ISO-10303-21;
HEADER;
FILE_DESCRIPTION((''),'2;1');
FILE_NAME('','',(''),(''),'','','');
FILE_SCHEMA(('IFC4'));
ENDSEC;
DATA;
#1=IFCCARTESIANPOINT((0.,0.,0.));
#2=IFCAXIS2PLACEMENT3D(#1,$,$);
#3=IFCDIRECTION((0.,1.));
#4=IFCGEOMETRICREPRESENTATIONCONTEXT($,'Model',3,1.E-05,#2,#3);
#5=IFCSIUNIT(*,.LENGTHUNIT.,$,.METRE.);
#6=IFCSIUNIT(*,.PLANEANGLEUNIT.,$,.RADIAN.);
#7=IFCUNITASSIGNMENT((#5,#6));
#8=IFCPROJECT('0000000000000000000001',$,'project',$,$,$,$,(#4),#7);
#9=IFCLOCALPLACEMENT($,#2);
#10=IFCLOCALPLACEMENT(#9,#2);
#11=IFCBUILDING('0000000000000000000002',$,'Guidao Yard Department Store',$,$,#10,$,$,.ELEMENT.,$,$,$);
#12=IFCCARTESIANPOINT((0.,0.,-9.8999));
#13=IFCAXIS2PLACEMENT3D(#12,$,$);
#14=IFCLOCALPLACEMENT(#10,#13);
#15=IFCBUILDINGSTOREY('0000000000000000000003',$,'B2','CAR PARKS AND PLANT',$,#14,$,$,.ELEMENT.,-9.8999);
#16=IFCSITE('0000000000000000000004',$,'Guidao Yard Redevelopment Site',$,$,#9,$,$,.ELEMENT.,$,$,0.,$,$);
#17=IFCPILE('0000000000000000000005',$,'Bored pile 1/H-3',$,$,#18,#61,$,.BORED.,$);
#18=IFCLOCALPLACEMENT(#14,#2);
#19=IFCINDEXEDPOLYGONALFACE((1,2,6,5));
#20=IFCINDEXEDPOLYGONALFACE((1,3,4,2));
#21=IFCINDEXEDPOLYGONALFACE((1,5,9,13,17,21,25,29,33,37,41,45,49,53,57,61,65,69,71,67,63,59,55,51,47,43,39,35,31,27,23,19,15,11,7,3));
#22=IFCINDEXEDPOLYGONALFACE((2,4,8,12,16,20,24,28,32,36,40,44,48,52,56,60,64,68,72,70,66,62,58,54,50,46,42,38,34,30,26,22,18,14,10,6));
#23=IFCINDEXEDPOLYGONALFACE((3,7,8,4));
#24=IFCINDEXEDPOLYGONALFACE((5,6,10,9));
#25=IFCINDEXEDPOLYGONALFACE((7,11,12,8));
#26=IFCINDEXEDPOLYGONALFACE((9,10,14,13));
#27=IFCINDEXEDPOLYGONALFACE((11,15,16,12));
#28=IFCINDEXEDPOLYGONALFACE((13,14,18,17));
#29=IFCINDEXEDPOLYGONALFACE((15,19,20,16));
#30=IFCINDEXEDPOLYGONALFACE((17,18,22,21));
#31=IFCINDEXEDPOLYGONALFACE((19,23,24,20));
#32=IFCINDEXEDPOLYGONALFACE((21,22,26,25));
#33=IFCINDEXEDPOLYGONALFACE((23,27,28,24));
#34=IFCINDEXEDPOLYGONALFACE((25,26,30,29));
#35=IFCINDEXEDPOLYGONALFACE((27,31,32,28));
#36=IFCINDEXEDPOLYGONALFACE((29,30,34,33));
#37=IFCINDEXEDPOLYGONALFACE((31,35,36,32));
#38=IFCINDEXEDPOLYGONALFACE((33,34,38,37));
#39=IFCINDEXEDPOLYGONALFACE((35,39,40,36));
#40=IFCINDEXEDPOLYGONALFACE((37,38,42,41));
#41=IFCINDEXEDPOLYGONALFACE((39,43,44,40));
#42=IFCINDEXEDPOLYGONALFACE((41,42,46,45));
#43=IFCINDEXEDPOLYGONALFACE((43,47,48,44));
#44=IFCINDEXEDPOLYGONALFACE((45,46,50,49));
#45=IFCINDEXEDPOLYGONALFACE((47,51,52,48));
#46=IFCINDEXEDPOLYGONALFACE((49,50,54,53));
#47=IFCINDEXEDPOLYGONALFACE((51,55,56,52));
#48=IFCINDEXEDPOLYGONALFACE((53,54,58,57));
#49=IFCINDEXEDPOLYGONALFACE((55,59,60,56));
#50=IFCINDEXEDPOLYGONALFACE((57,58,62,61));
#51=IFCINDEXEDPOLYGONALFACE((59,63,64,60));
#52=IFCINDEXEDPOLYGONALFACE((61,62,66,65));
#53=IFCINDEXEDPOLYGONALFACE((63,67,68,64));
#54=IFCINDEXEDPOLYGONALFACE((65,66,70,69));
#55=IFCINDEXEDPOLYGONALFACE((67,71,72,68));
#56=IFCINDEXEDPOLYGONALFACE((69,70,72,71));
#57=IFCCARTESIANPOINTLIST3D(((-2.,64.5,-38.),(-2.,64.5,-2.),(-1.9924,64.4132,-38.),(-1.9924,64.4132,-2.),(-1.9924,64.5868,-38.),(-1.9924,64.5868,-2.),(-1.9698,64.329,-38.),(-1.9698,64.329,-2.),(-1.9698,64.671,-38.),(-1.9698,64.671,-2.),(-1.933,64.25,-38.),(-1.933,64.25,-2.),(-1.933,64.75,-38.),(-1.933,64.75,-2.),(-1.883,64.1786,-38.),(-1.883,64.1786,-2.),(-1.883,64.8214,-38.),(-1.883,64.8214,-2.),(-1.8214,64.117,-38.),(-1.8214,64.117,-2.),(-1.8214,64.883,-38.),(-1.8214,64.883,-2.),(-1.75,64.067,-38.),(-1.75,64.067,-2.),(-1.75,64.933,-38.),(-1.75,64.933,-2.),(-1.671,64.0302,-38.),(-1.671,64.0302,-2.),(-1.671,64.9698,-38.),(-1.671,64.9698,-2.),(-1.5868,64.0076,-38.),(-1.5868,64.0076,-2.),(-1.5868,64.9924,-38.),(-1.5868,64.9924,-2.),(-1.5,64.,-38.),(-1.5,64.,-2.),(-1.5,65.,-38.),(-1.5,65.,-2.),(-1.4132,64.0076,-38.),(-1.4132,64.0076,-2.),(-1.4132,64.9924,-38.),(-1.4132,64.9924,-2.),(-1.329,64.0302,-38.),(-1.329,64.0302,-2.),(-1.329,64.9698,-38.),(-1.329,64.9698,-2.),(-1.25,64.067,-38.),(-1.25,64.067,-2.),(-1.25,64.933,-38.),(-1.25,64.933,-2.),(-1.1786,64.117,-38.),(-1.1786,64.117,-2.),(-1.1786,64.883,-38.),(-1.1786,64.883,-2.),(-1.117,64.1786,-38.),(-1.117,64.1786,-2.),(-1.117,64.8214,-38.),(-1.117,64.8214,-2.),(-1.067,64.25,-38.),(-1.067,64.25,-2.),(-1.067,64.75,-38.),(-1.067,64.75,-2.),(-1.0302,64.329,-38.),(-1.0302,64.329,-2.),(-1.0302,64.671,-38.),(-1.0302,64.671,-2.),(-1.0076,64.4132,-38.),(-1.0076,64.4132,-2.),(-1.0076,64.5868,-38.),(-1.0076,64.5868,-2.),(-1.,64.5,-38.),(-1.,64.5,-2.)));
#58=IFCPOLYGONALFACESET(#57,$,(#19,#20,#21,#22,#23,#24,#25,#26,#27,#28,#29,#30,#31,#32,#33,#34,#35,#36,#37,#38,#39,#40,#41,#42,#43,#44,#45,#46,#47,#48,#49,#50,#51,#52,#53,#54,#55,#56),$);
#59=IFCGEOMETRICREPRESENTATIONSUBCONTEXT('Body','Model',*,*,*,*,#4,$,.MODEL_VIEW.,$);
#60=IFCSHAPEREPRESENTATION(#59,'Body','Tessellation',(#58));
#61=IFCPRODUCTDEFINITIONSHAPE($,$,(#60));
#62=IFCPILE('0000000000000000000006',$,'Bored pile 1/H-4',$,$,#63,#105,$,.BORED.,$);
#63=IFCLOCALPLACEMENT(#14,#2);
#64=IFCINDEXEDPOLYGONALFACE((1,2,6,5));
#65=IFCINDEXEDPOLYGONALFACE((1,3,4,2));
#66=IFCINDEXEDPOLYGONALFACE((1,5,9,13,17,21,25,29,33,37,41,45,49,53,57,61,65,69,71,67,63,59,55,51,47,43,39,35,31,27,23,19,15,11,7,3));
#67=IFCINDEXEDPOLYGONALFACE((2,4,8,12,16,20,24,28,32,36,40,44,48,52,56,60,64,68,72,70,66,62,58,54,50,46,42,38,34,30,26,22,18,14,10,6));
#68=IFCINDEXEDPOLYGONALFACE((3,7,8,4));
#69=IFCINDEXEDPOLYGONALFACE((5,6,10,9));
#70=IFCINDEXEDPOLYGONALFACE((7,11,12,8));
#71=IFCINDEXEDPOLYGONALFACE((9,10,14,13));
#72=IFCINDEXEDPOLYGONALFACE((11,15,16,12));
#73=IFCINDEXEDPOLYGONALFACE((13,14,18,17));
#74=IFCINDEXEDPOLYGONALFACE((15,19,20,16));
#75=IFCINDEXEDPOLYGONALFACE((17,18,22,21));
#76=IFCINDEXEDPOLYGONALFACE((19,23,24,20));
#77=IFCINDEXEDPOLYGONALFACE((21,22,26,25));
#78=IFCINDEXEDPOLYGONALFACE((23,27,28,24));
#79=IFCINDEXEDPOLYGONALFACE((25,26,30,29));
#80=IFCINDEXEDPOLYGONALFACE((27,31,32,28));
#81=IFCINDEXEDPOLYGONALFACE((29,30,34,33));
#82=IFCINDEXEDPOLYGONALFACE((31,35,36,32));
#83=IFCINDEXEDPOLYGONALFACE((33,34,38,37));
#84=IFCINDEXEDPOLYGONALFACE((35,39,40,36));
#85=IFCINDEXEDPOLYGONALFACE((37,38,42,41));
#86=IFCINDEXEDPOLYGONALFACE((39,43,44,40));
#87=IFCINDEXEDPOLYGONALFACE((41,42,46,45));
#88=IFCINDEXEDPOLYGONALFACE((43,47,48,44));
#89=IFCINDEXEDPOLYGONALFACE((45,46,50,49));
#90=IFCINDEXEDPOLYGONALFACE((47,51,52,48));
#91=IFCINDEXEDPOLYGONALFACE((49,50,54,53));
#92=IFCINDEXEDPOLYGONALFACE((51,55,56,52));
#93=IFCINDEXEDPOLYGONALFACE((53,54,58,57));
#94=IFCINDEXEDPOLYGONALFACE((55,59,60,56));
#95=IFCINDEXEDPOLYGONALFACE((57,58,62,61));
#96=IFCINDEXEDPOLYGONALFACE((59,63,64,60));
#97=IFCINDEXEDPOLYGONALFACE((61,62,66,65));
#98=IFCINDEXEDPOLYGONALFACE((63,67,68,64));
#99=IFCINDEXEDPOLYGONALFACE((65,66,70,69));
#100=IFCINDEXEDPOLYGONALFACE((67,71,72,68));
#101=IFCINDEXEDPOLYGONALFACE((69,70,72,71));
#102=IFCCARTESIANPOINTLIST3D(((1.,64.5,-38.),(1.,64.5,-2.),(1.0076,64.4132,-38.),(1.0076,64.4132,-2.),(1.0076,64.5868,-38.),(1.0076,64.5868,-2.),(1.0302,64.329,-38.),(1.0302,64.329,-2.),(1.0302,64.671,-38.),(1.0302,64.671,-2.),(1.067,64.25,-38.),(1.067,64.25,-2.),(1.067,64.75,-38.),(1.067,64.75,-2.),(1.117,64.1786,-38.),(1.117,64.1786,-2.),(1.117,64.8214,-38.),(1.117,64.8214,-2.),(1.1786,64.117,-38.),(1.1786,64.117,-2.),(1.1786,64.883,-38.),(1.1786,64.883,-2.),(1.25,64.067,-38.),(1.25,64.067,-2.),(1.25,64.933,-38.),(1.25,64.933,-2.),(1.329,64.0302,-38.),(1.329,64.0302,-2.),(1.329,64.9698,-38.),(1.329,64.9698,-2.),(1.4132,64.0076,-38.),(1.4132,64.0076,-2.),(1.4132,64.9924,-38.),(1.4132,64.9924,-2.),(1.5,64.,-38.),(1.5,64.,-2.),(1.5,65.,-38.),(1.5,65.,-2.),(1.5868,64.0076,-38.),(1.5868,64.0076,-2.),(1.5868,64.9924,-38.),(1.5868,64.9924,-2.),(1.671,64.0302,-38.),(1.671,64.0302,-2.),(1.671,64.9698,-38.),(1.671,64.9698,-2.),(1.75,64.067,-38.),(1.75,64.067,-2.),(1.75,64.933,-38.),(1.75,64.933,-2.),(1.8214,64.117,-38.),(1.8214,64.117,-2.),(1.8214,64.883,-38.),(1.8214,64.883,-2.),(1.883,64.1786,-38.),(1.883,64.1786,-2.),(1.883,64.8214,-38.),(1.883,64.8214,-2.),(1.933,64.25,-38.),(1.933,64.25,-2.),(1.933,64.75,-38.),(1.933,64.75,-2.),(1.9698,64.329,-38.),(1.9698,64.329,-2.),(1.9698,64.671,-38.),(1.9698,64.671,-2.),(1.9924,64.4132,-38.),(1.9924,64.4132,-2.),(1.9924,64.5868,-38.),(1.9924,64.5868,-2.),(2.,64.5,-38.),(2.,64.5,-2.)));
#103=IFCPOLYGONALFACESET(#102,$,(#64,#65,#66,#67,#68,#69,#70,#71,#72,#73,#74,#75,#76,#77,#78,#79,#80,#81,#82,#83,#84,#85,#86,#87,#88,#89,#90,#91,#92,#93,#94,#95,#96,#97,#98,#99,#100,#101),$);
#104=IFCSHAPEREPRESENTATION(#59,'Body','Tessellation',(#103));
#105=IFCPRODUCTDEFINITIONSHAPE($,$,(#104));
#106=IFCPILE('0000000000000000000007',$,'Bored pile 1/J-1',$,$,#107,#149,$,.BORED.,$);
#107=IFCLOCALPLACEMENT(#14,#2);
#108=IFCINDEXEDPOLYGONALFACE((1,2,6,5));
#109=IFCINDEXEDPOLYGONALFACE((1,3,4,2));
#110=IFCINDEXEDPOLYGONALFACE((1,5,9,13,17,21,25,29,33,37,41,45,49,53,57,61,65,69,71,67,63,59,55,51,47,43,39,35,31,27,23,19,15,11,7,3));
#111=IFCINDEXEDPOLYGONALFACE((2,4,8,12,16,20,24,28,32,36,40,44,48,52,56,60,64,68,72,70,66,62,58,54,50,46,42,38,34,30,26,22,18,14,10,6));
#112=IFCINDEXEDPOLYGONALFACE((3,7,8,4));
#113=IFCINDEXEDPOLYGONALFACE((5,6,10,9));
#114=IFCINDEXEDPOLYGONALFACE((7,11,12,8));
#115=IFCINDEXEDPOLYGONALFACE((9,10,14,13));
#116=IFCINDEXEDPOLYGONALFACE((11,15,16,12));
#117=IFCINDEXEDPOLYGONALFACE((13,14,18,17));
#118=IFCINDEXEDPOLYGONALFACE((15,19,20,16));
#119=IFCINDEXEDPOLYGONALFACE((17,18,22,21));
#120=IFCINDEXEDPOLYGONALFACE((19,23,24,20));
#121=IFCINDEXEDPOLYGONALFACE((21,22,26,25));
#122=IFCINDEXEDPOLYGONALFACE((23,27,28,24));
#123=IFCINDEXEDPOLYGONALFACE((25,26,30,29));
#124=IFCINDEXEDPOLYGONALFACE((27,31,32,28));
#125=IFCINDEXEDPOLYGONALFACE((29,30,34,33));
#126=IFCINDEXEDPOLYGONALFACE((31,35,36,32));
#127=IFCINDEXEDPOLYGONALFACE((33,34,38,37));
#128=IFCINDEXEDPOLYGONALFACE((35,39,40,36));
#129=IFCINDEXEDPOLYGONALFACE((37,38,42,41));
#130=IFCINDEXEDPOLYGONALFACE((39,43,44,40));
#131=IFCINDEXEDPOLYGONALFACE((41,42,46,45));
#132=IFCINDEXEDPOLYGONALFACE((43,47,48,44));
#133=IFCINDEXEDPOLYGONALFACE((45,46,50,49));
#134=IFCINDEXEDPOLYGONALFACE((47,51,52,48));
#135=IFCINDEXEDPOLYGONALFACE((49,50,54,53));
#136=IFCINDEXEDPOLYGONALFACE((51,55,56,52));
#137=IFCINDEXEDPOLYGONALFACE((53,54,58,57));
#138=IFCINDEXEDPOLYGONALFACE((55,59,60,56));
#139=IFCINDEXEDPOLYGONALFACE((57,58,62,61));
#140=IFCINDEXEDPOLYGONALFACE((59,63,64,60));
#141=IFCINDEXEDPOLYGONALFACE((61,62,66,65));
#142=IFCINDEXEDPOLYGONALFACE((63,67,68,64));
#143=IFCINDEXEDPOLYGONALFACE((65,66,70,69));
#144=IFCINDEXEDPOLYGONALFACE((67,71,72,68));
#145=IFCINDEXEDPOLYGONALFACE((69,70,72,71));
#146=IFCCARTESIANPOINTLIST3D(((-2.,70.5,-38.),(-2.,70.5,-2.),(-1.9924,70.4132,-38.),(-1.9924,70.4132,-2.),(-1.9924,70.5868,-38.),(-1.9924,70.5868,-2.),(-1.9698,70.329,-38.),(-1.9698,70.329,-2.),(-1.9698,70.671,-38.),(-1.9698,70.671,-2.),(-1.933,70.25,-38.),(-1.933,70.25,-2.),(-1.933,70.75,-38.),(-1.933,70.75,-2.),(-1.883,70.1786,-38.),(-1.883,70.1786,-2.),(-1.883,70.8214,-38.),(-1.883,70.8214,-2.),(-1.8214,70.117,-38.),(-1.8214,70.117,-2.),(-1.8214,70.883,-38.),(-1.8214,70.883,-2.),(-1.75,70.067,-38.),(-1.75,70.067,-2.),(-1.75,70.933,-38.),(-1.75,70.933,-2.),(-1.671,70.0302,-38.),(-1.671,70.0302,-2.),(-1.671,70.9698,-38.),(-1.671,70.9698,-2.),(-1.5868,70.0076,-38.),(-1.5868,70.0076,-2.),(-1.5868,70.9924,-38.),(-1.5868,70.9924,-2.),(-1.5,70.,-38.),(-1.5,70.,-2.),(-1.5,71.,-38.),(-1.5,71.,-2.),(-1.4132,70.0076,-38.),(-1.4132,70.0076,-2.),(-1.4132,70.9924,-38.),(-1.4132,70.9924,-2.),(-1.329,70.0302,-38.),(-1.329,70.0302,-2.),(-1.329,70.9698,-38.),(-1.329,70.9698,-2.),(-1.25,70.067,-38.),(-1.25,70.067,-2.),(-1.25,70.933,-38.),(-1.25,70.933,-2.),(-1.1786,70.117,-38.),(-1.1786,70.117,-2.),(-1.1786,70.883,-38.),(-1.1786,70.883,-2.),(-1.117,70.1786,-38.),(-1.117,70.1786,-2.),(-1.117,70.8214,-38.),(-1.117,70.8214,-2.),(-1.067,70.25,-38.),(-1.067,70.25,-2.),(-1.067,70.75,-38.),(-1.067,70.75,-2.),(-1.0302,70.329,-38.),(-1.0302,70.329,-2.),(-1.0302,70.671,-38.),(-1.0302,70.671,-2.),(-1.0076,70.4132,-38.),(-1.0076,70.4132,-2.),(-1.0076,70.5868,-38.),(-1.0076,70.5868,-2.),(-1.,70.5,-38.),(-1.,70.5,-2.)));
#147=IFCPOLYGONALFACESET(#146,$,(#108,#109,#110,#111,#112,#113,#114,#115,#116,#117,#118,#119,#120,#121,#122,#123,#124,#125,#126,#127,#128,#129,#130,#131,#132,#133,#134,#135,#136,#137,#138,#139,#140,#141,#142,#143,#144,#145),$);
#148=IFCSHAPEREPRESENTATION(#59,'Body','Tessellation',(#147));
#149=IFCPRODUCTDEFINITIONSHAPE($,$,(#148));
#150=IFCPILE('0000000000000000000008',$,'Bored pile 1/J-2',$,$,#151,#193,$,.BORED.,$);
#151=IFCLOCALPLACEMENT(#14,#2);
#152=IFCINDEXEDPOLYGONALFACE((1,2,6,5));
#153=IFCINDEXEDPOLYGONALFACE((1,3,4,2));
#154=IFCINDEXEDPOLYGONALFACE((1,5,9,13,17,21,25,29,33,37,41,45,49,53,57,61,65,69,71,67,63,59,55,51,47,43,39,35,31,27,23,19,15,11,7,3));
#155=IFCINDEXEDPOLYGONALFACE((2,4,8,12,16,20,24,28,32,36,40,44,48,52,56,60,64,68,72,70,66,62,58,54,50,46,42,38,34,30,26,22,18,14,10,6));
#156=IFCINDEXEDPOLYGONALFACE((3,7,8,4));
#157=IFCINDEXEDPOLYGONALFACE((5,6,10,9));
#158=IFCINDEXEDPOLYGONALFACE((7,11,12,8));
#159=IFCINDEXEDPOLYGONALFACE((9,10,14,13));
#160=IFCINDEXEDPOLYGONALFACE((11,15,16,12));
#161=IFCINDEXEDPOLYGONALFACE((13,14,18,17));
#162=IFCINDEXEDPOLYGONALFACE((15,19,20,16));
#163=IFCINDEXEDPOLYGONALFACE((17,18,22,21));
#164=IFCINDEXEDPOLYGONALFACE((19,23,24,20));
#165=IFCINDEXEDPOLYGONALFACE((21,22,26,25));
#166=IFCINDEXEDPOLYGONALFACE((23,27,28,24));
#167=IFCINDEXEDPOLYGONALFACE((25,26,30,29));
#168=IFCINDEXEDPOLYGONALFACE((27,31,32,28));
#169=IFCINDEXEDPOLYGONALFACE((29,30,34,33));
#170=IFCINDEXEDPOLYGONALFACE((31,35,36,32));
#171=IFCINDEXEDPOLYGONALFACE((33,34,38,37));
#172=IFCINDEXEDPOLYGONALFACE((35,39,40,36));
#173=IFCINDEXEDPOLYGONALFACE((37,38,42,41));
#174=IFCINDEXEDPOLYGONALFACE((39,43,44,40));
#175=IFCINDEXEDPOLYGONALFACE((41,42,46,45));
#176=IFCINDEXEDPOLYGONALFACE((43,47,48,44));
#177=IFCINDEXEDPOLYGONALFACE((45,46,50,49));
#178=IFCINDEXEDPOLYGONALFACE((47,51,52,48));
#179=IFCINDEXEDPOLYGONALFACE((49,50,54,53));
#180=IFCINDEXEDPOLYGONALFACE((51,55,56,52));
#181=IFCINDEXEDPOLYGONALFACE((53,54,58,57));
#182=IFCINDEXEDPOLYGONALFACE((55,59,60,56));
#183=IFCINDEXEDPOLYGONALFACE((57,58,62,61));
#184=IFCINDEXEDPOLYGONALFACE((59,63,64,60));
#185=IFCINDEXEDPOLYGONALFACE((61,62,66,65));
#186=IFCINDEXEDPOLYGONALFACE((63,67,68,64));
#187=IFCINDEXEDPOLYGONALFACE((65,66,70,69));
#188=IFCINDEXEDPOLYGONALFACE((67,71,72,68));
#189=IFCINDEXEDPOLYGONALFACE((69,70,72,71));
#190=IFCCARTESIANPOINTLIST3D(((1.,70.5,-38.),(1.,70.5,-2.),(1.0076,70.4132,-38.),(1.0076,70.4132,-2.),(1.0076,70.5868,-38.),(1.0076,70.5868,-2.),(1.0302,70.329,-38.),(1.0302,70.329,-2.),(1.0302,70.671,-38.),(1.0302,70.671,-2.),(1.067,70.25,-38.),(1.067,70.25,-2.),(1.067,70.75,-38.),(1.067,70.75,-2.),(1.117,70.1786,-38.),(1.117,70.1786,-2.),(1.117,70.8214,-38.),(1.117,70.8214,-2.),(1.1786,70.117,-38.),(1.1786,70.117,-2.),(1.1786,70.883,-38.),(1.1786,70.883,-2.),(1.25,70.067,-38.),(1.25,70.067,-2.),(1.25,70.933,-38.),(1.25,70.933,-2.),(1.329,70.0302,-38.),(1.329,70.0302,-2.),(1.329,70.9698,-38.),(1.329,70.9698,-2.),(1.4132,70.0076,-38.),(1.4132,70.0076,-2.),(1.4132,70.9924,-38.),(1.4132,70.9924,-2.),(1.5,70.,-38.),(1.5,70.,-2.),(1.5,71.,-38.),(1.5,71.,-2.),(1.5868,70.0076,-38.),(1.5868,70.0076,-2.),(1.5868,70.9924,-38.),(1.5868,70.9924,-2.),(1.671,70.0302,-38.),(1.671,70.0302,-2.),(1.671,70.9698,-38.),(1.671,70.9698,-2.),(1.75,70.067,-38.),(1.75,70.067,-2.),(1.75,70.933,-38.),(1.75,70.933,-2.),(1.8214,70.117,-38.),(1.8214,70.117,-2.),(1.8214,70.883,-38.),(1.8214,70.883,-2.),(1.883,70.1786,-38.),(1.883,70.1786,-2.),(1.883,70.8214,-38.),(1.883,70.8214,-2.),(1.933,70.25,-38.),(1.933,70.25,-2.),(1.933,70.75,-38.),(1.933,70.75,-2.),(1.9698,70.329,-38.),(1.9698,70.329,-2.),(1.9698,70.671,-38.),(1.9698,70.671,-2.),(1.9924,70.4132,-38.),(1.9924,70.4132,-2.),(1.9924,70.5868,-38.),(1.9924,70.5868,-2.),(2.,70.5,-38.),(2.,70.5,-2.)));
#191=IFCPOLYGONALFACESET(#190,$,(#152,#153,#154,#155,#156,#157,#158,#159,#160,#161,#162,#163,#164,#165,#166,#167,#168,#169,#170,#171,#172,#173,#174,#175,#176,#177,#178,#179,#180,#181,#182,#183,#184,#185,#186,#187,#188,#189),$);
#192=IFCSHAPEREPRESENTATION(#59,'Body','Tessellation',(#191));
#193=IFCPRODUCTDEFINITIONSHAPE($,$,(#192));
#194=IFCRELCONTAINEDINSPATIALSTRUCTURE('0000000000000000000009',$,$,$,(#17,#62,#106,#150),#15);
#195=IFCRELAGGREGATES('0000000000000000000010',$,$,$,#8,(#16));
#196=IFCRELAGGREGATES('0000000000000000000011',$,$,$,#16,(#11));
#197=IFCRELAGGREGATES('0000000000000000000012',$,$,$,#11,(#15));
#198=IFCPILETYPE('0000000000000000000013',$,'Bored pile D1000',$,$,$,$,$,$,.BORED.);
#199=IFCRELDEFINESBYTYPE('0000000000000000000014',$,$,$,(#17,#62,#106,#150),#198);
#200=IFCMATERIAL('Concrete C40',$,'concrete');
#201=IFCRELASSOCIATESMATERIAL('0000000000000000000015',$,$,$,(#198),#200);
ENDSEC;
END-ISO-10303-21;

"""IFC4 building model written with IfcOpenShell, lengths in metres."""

from ifc_helpers import new_model, si_unit, direction, frame, origin, origin_2d, place, context, subcontext, project, spatial, circle, extrude, material, material_profile, profile_set, type_object, element, save


model = new_model("IFC4")

# Units and contexts
model_context = context("Model", 3, precision=1e-05, world=origin(), true_north=direction((0.0, 1.0)))
body_context = subcontext(model_context, "Body", "Model", "MODEL_VIEW")
ifc_project = project(units=[si_unit("LENGTHUNIT", "METRE"), si_unit("PLANEANGLEUNIT", "RADIAN")], contexts=[model_context])

# Site, building, storey
site_placement = place(None, origin())
site = spatial("IfcSite", under=ifc_project, at=site_placement, Name="Guidao Yard Redevelopment Site", CompositionType="ELEMENT", RefElevation=0.0)
building_placement = place(site_placement, origin())
building = spatial("IfcBuilding", under=site, at=building_placement, Name="Guidao Yard Department Store", CompositionType="ELEMENT")
storey_placement = place(building_placement, frame((0.0, 0.0, -9.8999)))
storey = spatial("IfcBuildingStorey", under=building, at=storey_placement, Name="B2", Description="CAR PARKS AND PLANT", CompositionType="ELEMENT", Elevation=-9.8999)

# Piles
ifc_material_1 = material(Name="Concrete C40", Category="concrete")
ifc_material_profile_1 = material_profile(ifc_material_1, circle(Radius=0.5, at=origin_2d()), Name="Bored pile D1000")
ifc_profile_set_1 = profile_set([ifc_material_profile_1], Name="Concrete C40")
pile_type = type_object("IfcPileType", Name="Bored pile D1000", PredefinedType="BORED", material=ifc_profile_set_1)
for number, where, z_axis, x_axis, name in (
    (1, (-1.5, 64.5, -2.0), (0.0, 0.0, -1.0), (1.0, 0.0, 0.0), "Bored pile 1/H-3"),
    (2, (1.5, 64.5, -2.0), (0.0, 0.0, -1.0), (1.0, 0.0, 0.0), "Bored pile 1/H-4"),
    (3, (-1.5, 70.5, -2.0), (0.0, 0.0, -1.0), (1.0, 0.0, 0.0), "Bored pile 1/J-1"),
    (4, (1.5, 70.5, -2.0), (0.0, 0.0, -1.0), (1.0, 0.0, 0.0), "Bored pile 1/J-2"),
):
    element("IfcPile", number, at=place(storey_placement, frame(where, z_axis=z_axis, x_axis=x_axis)), inside=storey, type_object=pile_type, Name=name, PredefinedType="BORED", context=body_context, shape_type="SweptSolid", body=[
        extrude(circle(Radius=0.5, at=origin_2d()), origin(), (0.0, 0.0, 1.0), 36.0),
    ])

save(model, "model.ifc")
